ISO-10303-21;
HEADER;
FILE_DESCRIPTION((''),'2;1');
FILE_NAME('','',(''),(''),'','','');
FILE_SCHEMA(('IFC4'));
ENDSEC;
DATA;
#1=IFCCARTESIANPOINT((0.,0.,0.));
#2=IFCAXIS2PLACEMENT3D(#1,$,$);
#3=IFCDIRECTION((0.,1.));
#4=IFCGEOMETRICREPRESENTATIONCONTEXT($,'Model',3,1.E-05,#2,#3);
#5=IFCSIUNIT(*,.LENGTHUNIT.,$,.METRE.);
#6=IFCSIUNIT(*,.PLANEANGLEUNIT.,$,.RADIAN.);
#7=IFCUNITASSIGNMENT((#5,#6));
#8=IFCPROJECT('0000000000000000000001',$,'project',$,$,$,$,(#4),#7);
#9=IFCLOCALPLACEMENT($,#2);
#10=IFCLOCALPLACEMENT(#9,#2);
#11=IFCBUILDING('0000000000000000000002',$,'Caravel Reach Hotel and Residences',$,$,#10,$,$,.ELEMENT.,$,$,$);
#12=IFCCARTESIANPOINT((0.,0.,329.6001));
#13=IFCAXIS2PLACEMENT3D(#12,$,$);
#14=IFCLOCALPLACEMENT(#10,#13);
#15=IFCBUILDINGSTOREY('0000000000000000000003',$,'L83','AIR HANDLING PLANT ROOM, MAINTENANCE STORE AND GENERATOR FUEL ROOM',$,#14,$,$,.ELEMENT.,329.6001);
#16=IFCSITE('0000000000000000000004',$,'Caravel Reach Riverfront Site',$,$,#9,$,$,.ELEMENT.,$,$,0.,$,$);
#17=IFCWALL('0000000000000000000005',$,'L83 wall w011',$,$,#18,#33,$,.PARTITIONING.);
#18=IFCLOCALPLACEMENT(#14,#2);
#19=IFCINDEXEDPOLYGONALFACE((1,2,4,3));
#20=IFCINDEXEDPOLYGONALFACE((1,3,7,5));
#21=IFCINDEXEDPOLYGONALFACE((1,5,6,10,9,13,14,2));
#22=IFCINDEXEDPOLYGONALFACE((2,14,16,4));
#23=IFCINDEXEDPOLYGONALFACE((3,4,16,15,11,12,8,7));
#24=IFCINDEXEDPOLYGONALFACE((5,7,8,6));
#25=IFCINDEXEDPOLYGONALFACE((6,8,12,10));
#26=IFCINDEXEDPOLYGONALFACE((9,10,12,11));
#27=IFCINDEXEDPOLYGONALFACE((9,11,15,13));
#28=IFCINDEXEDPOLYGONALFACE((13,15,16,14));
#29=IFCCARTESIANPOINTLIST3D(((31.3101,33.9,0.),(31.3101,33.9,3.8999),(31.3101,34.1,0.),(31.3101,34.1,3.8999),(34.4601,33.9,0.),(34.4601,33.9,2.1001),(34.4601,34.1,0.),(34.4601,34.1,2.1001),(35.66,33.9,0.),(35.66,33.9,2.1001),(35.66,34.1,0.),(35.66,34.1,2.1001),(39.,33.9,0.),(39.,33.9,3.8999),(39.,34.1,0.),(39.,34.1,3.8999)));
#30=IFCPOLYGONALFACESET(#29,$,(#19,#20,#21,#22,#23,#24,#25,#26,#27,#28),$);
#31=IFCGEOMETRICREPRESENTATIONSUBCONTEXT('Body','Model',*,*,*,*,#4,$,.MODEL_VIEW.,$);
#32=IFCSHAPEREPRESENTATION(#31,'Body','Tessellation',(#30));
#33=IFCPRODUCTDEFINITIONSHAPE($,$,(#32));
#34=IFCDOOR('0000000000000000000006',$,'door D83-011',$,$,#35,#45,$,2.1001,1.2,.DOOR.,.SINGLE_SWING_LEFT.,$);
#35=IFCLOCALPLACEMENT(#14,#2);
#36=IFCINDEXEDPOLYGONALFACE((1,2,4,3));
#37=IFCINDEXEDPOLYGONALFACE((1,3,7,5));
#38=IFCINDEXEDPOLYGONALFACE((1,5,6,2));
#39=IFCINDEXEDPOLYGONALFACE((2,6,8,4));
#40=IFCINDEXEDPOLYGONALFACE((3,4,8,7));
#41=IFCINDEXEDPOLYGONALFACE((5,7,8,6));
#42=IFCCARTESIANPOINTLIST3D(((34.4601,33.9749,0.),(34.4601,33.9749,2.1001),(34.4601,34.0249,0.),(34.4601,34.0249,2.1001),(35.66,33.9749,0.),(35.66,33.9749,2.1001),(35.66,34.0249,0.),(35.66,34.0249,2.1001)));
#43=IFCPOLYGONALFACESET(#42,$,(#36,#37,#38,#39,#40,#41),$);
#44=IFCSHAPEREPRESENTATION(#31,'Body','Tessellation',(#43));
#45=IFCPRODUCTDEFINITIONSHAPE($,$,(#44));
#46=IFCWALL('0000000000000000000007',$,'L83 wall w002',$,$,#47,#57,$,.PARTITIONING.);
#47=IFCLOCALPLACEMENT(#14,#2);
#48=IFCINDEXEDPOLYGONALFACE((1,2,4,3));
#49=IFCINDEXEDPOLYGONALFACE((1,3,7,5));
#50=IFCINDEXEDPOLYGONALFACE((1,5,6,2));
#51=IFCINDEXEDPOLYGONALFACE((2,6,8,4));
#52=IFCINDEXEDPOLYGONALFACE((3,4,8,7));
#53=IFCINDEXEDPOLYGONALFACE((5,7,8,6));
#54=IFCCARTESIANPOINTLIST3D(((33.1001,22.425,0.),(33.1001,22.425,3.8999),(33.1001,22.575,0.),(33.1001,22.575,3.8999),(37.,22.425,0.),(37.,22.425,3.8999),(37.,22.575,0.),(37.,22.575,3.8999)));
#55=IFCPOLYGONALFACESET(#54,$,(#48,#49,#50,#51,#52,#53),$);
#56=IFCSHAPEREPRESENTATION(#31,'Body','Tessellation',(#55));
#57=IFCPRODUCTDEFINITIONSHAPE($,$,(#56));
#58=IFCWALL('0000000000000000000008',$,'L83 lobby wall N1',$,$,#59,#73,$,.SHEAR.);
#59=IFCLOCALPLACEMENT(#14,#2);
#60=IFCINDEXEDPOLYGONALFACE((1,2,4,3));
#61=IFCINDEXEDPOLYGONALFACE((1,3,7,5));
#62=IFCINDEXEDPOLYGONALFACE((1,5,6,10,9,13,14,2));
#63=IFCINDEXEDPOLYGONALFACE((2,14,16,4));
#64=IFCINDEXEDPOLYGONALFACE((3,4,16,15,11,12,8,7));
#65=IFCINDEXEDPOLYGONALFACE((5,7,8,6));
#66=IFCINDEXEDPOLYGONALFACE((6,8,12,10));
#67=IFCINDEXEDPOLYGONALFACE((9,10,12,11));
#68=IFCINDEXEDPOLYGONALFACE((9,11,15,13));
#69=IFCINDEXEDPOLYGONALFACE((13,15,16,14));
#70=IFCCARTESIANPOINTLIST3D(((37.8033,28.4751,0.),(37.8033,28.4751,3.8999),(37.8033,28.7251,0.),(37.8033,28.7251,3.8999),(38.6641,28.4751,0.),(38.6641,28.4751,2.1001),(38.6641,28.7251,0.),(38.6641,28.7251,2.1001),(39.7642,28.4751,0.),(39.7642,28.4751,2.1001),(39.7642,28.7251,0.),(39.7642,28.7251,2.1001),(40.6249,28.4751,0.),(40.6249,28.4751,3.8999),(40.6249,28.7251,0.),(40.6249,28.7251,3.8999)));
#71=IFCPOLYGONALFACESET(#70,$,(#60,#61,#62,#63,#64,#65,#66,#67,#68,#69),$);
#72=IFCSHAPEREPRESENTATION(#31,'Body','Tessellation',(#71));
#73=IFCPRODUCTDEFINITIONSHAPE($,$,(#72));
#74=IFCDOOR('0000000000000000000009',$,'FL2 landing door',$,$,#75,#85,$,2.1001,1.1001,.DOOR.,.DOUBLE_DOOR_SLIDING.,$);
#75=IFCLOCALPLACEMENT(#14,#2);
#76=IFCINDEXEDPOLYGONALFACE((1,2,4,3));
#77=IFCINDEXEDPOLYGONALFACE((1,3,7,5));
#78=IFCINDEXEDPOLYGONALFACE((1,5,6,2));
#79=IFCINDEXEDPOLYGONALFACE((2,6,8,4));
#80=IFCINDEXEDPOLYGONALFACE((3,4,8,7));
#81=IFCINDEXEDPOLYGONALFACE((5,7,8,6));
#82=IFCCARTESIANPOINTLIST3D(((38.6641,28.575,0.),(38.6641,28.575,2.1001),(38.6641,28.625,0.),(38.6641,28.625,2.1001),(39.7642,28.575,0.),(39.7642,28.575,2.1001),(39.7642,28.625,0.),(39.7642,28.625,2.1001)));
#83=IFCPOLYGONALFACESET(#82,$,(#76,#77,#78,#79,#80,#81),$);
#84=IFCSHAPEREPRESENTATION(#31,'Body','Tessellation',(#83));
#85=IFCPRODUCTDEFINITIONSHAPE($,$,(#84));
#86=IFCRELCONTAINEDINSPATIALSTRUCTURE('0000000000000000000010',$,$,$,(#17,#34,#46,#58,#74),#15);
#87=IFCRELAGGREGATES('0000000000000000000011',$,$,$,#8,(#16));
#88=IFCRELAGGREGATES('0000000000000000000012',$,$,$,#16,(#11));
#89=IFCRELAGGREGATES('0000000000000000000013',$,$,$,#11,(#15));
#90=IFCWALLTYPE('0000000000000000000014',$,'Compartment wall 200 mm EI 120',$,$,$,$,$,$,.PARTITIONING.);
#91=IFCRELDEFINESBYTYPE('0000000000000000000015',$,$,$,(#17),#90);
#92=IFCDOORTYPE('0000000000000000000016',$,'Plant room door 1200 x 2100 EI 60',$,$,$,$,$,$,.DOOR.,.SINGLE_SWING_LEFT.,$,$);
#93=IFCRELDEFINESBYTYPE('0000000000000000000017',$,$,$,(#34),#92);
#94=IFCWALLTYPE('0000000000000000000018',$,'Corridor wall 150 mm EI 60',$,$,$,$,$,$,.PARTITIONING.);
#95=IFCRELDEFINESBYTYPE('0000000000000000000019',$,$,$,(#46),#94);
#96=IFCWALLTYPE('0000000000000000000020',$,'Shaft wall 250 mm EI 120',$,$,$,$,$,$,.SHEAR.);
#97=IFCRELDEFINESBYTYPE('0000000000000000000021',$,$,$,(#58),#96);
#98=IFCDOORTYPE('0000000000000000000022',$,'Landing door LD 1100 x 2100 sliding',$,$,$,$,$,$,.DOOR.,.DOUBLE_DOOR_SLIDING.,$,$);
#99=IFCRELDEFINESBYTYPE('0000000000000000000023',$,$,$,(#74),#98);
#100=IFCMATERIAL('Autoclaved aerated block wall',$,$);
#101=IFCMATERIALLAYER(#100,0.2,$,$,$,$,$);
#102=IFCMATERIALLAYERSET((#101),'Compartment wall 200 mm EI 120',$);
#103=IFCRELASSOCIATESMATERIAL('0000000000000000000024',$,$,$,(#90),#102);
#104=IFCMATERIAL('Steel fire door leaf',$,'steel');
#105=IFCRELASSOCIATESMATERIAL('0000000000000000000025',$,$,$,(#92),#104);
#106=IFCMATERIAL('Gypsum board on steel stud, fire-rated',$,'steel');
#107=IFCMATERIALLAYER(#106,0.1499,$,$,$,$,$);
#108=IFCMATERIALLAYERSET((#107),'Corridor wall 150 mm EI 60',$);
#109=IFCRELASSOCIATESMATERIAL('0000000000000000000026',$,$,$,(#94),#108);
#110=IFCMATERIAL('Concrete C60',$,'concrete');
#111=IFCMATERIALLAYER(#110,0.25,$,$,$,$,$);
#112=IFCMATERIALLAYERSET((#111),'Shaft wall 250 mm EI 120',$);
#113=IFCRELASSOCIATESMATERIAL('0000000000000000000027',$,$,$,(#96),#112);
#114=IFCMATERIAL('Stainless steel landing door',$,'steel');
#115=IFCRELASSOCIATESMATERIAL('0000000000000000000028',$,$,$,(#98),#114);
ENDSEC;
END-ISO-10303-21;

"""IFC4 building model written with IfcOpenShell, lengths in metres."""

from ifc_helpers import new_model, si_unit, direction, frame, frame_2d, origin, place, context, subcontext, project, spatial, rectangle, extrude, material, layer, layer_set, type_object, element, fill, save


model = new_model("IFC4")

# Units and contexts
model_context = context("Model", 3, precision=1e-05, world=origin(), true_north=direction((0.0, 1.0)))
body_context = subcontext(model_context, "Body", "Model", "MODEL_VIEW")
ifc_project = project(units=[si_unit("LENGTHUNIT", "METRE"), si_unit("PLANEANGLEUNIT", "RADIAN")], contexts=[model_context])

# Site, building, storey
site_placement = place(None, origin())
site = spatial("IfcSite", under=ifc_project, at=site_placement, Name="Caravel Reach Riverfront Site", CompositionType="ELEMENT", RefElevation=0.0)
building_placement = place(site_placement, origin())
building = spatial("IfcBuilding", under=site, at=building_placement, Name="Caravel Reach Hotel and Residences", CompositionType="ELEMENT")
storey_placement = place(building_placement, frame((0.0, 0.0, 329.6001)))
storey = spatial("IfcBuildingStorey", under=building, at=storey_placement, Name="L83", Description="AIR HANDLING PLANT ROOM, MAINTENANCE STORE AND GENERATOR FUEL ROOM", CompositionType="ELEMENT", Elevation=329.6001)

# Wall, opening, door
ifc_material_1 = material(Name="Autoclaved aerated block wall")
ifc_layer_1 = layer(ifc_material_1, 0.2)
ifc_layer_set_1 = layer_set([ifc_layer_1], Name="Compartment wall 200 mm EI 120")
wall_type_1 = type_object("IfcWallType", Name="Compartment wall 200 mm EI 120", PredefinedType="PARTITIONING", material=ifc_layer_set_1)
wall_1_placement = place(storey_placement, frame((31.3101, 34.0, 0.0), z_axis=(0.0, 0.0, 1.0), x_axis=(1.0, 0.0, 0.0)))
wall_1 = element("IfcWall", 1, at=wall_1_placement, inside=storey, type_object=wall_type_1, Name="L83 wall w011", PredefinedType="PARTITIONING", context=body_context, shape_type="SweptSolid", body=[
    extrude(rectangle(XDim=7.6899, YDim=0.2, at=frame_2d((3.845, 0.0))), origin(), (0.0, 0.0, 1.0), 3.8999),
])
opening_1_placement = place(wall_1_placement, frame((3.1499, 0.0, 0.0)))
opening_1 = element("IfcOpeningElement", 2, at=opening_1_placement, cuts=wall_1, PredefinedType="OPENING", context=body_context, shape_type="SweptSolid", body=[
    extrude(rectangle(XDim=1.2, YDim=2.1001, at=frame_2d((0.6001, 1.05))), frame((0.0, 0.1099, 0.0), z_axis=(0.0, -1.0, 0.0), x_axis=(1.0, 0.0, 0.0)), (0.0, 0.0, 1.0), 0.22),
])
ifc_material_2 = material(Name="Steel fire door leaf", Category="steel")
door_type_1 = type_object("IfcDoorType", Name="Plant room door 1200 x 2100 EI 60", OperationType="SINGLE_SWING_LEFT", PredefinedType="DOOR", material=ifc_material_2)
door_1_placement = place(opening_1_placement, origin())
door_1 = element("IfcDoor", 3, at=door_1_placement, inside=storey, type_object=door_type_1, Name="door D83-011", OperationType="SINGLE_SWING_LEFT", OverallHeight=2.1001, OverallWidth=1.2, PredefinedType="DOOR", context=body_context, shape_type="SweptSolid", body=[
    extrude(rectangle(XDim=1.2, YDim=2.1001, at=frame_2d((0.6001, 1.05))), frame((0.0, 0.0249, 0.0), z_axis=(0.0, -1.0, 0.0), x_axis=(1.0, 0.0, 0.0)), (0.0, 0.0, 1.0), 0.05),
])
fill(opening_1, door_1)

# Wall
ifc_material_3 = material(Name="Gypsum board on steel stud, fire-rated", Category="steel")
ifc_layer_2 = layer(ifc_material_3, 0.1499)
ifc_layer_set_2 = layer_set([ifc_layer_2], Name="Corridor wall 150 mm EI 60")
wall_type_2 = type_object("IfcWallType", Name="Corridor wall 150 mm EI 60", PredefinedType="PARTITIONING", material=ifc_layer_set_2)
wall_2_placement = place(storey_placement, frame((33.1001, 22.5, 0.0), z_axis=(0.0, 0.0, 1.0), x_axis=(1.0, 0.0, 0.0)))
element("IfcWall", 4, at=wall_2_placement, inside=storey, type_object=wall_type_2, Name="L83 wall w002", PredefinedType="PARTITIONING", context=body_context, shape_type="SweptSolid", body=[
    extrude(rectangle(XDim=3.8999, YDim=0.1499, at=frame_2d((1.95, 0.0))), origin(), (0.0, 0.0, 1.0), 3.8999),
])

# Wall, opening, door
ifc_material_4 = material(Name="Concrete C60", Category="concrete")
ifc_layer_3 = layer(ifc_material_4, 0.25)
ifc_layer_set_3 = layer_set([ifc_layer_3], Name="Shaft wall 250 mm EI 120")
wall_type_3 = type_object("IfcWallType", Name="Shaft wall 250 mm EI 120", PredefinedType="SHEAR", material=ifc_layer_set_3)
wall_3_placement = place(storey_placement, frame((37.8035, 28.6001, 0.0), z_axis=(0.0, 0.0, 1.0), x_axis=(1.0, 0.0, 0.0)))
wall_3 = element("IfcWall", 5, at=wall_3_placement, inside=storey, type_object=wall_type_3, Name="L83 lobby wall N1", PredefinedType="SHEAR", context=body_context, shape_type="SweptSolid", body=[
    extrude(rectangle(XDim=2.8215, YDim=0.25, at=frame_2d((1.4106, 0.0))), origin(), (0.0, 0.0, 1.0), 3.8999),
])
opening_2_placement = place(wall_3_placement, frame((0.8606, 0.0, 0.0)))
opening_2 = element("IfcOpeningElement", 6, at=opening_2_placement, cuts=wall_3, PredefinedType="OPENING", context=body_context, shape_type="SweptSolid", body=[
    extrude(rectangle(XDim=1.1001, YDim=2.1001, at=frame_2d((0.55, 1.05))), frame((0.0, 0.135, 0.0), z_axis=(0.0, -1.0, 0.0), x_axis=(1.0, 0.0, 0.0)), (0.0, 0.0, 1.0), 0.27),
])
ifc_material_5 = material(Name="Stainless steel landing door", Category="steel")
door_type_2 = type_object("IfcDoorType", Name="Landing door LD 1100 x 2100 sliding", OperationType="DOUBLE_DOOR_SLIDING", PredefinedType="DOOR", material=ifc_material_5)
door_2_placement = place(opening_2_placement, origin())
door_2 = element("IfcDoor", 7, at=door_2_placement, inside=storey, type_object=door_type_2, Name="FL2 landing door", OperationType="DOUBLE_DOOR_SLIDING", OverallHeight=2.1001, OverallWidth=1.1001, PredefinedType="DOOR", context=body_context, shape_type="SweptSolid", body=[
    extrude(rectangle(XDim=1.1001, YDim=2.1001, at=frame_2d((0.55, 1.05))), frame((0.0, 0.0249, 0.0), z_axis=(0.0, -1.0, 0.0), x_axis=(1.0, 0.0, 0.0)), (0.0, 0.0, 1.0), 0.05),
])
fill(opening_2, door_2)

save(model, "model.ifc")
